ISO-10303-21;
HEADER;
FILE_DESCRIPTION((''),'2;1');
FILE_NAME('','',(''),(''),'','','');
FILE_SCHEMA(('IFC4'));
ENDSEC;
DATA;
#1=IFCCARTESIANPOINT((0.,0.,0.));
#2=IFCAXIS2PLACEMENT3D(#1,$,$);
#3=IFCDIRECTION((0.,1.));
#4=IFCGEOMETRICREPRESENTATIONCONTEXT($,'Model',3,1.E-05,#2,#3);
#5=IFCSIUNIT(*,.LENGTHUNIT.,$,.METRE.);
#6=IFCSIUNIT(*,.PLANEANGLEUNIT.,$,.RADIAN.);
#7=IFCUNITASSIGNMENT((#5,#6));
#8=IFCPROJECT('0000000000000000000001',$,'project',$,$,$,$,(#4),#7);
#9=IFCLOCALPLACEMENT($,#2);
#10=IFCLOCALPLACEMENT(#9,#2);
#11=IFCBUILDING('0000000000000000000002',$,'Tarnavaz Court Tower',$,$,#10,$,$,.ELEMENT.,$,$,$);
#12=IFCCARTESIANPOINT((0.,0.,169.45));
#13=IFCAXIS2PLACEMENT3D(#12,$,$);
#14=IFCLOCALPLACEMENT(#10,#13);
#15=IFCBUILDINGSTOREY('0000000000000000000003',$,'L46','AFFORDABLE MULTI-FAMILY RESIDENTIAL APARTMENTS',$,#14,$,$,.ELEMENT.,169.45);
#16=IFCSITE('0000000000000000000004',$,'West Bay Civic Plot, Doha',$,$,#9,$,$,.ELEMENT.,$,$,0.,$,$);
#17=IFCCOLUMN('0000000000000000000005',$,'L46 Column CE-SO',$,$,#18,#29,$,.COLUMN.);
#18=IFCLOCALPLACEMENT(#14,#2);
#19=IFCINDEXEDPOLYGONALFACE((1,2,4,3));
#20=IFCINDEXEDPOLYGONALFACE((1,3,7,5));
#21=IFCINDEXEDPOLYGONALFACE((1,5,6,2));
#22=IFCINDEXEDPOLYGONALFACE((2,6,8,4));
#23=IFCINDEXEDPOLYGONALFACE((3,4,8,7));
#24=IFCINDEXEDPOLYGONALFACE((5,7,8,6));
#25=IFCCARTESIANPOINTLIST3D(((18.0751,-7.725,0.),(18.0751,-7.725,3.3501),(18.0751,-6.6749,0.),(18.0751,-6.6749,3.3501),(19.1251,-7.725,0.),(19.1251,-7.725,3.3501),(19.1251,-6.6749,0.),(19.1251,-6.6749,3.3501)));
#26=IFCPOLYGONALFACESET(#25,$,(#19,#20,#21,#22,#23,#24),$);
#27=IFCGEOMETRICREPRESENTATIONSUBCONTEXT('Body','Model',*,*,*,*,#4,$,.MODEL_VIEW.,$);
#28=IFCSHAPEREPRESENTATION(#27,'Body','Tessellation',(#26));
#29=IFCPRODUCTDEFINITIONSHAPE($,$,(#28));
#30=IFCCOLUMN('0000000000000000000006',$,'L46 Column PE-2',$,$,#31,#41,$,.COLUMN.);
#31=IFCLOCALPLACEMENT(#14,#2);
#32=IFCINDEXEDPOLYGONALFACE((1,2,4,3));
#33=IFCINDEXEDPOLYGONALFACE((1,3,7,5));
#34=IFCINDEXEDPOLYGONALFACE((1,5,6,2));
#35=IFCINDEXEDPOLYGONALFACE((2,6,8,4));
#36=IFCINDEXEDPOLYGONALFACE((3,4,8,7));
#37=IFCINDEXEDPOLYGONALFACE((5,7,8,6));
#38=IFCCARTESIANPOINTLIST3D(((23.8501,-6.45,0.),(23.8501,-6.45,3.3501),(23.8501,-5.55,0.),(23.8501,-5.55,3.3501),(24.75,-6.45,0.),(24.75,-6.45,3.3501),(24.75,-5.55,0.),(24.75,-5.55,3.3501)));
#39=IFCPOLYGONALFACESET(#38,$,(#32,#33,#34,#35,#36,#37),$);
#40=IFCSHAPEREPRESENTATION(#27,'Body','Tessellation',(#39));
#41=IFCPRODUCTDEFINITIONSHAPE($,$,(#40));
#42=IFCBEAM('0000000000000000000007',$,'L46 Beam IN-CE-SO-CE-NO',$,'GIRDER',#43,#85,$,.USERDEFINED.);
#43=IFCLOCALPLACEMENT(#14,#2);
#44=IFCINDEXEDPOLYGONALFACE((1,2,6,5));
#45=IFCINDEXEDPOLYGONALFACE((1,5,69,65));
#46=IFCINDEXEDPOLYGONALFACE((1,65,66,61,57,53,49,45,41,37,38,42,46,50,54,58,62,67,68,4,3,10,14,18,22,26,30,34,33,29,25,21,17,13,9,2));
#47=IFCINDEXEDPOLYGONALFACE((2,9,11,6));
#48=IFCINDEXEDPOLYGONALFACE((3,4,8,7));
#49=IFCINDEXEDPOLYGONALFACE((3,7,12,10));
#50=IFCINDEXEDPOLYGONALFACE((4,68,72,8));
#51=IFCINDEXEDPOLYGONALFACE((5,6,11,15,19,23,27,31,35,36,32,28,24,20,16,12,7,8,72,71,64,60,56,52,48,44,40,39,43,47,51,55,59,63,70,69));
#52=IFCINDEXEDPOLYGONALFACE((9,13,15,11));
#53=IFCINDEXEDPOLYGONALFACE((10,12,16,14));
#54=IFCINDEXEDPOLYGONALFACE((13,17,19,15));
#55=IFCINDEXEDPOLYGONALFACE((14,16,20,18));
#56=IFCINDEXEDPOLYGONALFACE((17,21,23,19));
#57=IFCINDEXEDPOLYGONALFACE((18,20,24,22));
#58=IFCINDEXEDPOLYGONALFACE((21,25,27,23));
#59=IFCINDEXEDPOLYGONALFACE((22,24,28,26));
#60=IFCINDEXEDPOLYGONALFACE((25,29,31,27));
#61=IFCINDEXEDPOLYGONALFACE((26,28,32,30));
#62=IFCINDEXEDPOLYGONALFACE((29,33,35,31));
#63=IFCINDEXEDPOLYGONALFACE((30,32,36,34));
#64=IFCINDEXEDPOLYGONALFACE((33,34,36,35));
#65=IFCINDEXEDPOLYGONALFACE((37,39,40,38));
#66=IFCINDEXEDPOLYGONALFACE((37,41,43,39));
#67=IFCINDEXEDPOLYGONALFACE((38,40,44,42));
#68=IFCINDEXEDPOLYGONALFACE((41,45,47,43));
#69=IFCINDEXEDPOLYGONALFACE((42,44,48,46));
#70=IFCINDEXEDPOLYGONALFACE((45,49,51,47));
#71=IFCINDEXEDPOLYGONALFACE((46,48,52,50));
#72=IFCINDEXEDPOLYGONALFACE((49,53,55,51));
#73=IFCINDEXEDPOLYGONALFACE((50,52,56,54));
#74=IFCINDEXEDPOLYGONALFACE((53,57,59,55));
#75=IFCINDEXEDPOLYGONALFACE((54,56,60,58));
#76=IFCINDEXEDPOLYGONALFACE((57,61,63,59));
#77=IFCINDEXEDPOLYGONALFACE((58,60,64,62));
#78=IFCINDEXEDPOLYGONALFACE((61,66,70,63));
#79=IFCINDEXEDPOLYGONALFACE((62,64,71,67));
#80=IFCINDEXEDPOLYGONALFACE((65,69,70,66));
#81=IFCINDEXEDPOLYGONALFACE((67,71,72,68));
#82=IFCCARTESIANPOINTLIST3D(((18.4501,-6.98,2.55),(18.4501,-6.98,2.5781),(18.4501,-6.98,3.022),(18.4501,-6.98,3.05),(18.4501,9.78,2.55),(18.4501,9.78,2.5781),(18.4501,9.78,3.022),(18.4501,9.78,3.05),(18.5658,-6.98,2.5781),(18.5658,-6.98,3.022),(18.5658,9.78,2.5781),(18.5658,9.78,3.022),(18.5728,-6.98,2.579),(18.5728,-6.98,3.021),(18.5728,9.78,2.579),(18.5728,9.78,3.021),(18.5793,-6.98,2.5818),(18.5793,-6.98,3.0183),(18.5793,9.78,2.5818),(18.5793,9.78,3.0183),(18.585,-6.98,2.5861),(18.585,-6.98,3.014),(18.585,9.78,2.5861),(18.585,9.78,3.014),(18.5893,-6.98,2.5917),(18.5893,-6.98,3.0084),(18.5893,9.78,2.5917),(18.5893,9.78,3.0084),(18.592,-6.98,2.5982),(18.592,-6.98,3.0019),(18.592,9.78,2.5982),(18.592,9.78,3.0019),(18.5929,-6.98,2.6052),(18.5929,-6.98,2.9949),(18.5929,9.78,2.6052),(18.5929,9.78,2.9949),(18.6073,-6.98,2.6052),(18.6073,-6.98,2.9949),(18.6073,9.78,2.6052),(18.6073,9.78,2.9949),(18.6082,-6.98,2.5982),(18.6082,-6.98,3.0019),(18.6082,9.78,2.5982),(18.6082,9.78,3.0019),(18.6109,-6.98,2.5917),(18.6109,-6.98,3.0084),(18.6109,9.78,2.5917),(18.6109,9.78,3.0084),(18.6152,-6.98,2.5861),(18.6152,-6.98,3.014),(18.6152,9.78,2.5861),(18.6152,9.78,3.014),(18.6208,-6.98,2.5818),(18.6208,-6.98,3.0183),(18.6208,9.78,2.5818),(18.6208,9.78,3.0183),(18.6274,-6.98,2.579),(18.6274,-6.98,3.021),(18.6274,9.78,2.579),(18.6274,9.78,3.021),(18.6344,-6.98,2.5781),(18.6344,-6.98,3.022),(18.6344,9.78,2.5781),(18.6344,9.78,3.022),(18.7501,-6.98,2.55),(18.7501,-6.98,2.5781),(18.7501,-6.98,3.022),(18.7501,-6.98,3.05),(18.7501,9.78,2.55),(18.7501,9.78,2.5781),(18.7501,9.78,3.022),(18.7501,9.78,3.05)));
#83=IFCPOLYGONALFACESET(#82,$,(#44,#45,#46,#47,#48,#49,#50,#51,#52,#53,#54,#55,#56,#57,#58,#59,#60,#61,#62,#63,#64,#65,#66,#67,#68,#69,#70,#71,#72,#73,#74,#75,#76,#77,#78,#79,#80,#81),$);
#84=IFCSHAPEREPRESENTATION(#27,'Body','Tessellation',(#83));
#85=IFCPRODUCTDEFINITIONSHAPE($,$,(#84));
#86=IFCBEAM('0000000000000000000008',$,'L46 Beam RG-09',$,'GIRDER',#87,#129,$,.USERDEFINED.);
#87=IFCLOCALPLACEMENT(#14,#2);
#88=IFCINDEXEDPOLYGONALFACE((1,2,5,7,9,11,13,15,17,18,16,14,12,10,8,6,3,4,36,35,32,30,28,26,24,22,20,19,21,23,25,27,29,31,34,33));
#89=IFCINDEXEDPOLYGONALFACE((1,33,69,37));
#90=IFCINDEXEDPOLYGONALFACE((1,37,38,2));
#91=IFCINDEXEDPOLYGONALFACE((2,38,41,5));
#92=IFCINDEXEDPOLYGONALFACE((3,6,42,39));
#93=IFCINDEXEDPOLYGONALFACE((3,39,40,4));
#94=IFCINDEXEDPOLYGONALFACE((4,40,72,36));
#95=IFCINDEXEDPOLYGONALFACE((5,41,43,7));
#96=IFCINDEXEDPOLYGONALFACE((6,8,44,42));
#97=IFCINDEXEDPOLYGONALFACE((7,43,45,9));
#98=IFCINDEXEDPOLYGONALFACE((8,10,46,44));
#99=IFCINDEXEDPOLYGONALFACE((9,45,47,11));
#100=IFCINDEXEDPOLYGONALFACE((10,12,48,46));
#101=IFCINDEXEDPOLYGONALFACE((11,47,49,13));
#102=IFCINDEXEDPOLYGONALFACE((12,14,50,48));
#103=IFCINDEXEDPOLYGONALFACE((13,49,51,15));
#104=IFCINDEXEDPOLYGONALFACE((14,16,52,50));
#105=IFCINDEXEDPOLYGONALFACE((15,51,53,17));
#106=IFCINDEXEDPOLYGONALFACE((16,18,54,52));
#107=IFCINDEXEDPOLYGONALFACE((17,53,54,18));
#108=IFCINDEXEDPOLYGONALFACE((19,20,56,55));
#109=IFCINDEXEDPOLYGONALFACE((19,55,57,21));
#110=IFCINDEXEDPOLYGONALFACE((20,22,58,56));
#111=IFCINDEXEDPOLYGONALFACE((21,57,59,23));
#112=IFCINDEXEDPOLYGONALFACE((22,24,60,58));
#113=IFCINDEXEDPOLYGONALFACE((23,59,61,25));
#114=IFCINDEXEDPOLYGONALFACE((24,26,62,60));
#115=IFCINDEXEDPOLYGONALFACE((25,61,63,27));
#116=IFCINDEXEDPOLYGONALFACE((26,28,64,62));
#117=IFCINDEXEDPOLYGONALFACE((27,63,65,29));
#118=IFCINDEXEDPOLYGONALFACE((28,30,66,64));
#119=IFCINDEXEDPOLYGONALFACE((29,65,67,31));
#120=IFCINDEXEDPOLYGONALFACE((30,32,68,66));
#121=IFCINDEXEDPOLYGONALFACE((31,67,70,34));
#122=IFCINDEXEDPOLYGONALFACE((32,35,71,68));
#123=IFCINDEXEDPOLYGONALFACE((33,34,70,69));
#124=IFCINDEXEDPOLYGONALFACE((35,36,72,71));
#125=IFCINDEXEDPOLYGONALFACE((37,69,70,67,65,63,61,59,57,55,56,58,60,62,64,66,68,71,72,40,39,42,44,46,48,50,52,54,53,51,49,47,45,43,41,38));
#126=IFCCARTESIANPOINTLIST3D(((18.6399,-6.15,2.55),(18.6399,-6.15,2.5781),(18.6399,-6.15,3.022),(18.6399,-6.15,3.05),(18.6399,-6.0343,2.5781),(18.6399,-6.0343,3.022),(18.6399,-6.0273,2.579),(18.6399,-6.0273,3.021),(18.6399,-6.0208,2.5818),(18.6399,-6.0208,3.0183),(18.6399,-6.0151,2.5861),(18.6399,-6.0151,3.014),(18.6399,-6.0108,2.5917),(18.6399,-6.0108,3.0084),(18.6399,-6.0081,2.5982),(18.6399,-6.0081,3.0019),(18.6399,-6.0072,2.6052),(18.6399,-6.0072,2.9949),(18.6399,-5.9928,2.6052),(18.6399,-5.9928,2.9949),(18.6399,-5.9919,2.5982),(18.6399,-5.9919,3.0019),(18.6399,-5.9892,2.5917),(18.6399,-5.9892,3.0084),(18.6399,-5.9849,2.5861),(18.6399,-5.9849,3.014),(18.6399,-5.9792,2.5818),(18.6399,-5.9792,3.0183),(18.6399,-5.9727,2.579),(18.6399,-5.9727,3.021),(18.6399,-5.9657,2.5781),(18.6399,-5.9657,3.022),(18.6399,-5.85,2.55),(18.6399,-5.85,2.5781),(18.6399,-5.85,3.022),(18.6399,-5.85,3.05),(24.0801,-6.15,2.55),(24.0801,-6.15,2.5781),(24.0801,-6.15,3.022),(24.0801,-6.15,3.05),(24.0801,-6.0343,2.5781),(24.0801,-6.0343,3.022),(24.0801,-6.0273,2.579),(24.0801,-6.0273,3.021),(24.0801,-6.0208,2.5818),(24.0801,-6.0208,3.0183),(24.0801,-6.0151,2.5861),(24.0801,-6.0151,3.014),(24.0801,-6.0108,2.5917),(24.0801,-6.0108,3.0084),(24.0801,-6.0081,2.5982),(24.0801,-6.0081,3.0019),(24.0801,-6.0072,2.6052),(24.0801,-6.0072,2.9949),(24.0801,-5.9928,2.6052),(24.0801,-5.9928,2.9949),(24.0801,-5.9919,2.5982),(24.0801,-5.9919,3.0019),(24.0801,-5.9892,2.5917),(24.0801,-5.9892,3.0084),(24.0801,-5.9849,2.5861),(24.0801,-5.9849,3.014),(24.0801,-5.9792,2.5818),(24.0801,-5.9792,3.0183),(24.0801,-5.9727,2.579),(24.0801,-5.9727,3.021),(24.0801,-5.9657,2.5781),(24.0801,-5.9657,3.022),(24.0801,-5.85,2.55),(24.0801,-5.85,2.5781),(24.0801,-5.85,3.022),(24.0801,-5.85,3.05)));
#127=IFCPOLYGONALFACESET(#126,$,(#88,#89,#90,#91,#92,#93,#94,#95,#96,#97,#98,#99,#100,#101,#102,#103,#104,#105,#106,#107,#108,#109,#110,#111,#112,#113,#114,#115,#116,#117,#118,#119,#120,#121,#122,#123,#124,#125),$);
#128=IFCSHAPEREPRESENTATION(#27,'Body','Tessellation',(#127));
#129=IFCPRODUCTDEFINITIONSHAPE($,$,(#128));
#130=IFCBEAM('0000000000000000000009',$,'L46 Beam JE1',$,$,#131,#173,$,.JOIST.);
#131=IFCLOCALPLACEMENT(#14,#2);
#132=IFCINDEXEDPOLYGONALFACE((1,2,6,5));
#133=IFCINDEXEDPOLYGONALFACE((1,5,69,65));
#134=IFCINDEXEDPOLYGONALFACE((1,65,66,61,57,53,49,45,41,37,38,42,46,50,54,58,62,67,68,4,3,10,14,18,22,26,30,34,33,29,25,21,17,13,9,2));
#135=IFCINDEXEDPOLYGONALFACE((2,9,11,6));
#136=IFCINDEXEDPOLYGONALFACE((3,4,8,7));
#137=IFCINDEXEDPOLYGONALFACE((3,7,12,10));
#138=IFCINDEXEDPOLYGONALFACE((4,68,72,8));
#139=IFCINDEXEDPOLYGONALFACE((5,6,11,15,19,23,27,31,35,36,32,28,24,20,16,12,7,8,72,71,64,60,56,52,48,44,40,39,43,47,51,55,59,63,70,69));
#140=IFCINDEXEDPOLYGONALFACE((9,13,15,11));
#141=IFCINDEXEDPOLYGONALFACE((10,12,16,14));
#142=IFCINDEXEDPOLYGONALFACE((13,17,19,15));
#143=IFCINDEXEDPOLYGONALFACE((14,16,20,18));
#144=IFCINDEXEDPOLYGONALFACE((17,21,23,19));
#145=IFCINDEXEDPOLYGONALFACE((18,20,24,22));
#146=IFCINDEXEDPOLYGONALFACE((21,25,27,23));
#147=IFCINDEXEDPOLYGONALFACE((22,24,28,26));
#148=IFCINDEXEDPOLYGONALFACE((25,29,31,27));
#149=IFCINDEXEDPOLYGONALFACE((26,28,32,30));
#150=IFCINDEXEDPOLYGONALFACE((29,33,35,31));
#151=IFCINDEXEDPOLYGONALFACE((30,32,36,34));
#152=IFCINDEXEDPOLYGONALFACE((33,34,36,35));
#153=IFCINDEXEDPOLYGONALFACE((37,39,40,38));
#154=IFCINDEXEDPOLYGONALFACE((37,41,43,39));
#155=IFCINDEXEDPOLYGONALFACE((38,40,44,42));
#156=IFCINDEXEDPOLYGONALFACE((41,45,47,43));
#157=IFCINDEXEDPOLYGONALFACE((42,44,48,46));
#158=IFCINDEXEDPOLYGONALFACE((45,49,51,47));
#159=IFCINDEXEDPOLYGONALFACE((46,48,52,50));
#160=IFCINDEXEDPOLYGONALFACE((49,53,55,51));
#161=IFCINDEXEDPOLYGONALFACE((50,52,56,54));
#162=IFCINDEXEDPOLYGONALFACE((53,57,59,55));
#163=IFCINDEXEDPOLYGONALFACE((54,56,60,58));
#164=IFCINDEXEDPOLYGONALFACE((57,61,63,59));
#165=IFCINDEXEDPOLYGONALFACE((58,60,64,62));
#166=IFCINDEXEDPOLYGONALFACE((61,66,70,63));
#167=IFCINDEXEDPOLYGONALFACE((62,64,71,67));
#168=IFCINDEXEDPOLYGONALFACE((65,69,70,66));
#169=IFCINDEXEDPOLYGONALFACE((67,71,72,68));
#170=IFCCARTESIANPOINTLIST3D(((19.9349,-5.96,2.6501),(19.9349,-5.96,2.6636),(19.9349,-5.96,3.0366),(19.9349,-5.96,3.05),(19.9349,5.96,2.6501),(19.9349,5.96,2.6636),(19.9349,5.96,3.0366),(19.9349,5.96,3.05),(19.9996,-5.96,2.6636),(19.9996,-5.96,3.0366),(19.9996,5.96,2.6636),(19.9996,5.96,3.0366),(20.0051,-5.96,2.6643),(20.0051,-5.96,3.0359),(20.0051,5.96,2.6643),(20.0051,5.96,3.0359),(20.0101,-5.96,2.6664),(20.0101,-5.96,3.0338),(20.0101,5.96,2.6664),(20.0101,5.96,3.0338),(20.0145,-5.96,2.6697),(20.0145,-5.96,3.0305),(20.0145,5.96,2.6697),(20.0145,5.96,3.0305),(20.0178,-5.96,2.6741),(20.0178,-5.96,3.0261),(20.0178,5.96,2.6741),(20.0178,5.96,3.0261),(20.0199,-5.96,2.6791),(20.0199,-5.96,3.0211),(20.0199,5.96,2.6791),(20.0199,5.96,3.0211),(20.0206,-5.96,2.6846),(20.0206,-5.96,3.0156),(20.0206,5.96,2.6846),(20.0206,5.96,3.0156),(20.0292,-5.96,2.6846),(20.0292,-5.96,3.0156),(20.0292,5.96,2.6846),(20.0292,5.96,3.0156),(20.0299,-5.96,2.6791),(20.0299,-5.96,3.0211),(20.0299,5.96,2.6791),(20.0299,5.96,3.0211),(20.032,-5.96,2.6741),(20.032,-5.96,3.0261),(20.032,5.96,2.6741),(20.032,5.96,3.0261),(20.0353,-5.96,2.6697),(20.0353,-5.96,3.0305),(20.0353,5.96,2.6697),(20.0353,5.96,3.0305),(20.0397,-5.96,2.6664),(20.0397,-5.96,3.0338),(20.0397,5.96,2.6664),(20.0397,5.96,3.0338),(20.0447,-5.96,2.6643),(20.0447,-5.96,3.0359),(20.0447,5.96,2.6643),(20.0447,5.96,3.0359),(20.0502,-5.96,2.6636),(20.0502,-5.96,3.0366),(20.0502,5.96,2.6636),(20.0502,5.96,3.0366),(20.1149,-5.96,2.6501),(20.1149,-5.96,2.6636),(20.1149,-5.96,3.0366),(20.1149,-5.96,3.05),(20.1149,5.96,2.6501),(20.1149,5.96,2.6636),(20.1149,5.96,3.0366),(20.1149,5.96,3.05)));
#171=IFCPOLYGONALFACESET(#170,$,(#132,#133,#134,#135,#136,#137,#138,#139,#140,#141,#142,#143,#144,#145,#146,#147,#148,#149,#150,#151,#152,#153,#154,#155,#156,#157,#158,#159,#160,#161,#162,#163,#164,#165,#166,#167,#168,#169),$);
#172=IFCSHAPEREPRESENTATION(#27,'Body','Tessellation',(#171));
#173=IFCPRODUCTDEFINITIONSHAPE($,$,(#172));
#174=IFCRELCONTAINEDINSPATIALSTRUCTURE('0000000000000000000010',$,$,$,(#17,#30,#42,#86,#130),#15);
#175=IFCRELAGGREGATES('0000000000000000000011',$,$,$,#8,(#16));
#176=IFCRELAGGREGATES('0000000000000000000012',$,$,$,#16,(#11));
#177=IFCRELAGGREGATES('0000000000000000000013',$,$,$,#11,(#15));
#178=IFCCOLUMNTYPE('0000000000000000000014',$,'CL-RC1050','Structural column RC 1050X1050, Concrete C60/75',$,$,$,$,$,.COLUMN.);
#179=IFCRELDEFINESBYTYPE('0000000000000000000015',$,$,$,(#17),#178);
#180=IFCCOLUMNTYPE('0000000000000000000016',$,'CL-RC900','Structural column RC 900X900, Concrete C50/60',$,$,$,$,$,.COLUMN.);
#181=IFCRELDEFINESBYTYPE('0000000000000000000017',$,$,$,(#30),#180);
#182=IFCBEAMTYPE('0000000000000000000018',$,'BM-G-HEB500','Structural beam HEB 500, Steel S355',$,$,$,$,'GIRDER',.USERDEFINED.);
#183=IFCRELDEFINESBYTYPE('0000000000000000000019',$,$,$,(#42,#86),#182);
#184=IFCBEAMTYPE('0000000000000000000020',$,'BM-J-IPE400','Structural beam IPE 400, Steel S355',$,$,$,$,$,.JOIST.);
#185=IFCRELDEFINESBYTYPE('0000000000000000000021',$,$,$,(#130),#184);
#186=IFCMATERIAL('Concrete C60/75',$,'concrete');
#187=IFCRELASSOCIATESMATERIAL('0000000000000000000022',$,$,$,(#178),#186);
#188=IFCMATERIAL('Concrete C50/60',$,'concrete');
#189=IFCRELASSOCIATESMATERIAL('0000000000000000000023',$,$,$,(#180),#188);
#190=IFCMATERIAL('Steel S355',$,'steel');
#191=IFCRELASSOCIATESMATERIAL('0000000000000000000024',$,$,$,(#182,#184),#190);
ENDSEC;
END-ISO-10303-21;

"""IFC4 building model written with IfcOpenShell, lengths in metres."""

from ifc_helpers import new_model, si_unit, direction, frame, origin, origin_2d, place, context, subcontext, project, spatial, rectangle, i_section, extrude, material, material_profile, profile_set, type_object, element, save


model = new_model("IFC4")

# Units and contexts
model_context = context("Model", 3, precision=1e-05, world=origin(), true_north=direction((0.0, 1.0)))
body_context = subcontext(model_context, "Body", "Model", "MODEL_VIEW")
ifc_project = project(units=[si_unit("LENGTHUNIT", "METRE"), si_unit("PLANEANGLEUNIT", "RADIAN")], contexts=[model_context])

# Site, building, storey
site_placement = place(None, origin())
site = spatial("IfcSite", under=ifc_project, at=site_placement, Name="West Bay Civic Plot, Doha", CompositionType="ELEMENT", RefElevation=0.0)
building_placement = place(site_placement, origin())
building = spatial("IfcBuilding", under=site, at=building_placement, Name="Tarnavaz Court Tower", CompositionType="ELEMENT")
storey_placement = place(building_placement, frame((0.0, 0.0, 169.45)))
storey = spatial("IfcBuildingStorey", under=building, at=storey_placement, Name="L46", Description="AFFORDABLE MULTI-FAMILY RESIDENTIAL APARTMENTS", CompositionType="ELEMENT", Elevation=169.45)

# Columns
ifc_material_1 = material(Name="Concrete C60/75", Category="concrete")
ifc_material_profile_1 = material_profile(ifc_material_1, rectangle(XDim=1.05, YDim=1.05, at=origin_2d()), Name="RC 1050X1050")
ifc_profile_set_1 = profile_set([ifc_material_profile_1], Name="Concrete C60/75")
column_type_1 = type_object("IfcColumnType", Name="CL-RC1050", Description="Structural column RC 1050X1050, Concrete C60/75", PredefinedType="COLUMN", material=ifc_profile_set_1)
column_1_placement = place(storey_placement, frame((18.6001, -7.2, 0.0), z_axis=(0.0, 0.0, 1.0), x_axis=(1.0, 0.0, 0.0)))
element("IfcColumn", 1, at=column_1_placement, inside=storey, type_object=column_type_1, Name="L46 Column CE-SO", PredefinedType="COLUMN", context=body_context, shape_type="SweptSolid", body=[
    extrude(rectangle(XDim=1.05, YDim=1.05, at=origin_2d()), origin(), (0.0, 0.0, 1.0), 3.3501),
])
ifc_material_2 = material(Name="Concrete C50/60", Category="concrete")
ifc_material_profile_2 = material_profile(ifc_material_2, rectangle(XDim=0.8999, YDim=0.8999, at=origin_2d()), Name="RC 900X900")
ifc_profile_set_2 = profile_set([ifc_material_profile_2], Name="Concrete C50/60")
column_type_2 = type_object("IfcColumnType", Name="CL-RC900", Description="Structural column RC 900X900, Concrete C50/60", PredefinedType="COLUMN", material=ifc_profile_set_2)
column_2_placement = place(storey_placement, frame((24.3, -6.0, 0.0), z_axis=(0.0, 0.0, 1.0), x_axis=(1.0, 0.0, 0.0)))
element("IfcColumn", 2, at=column_2_placement, inside=storey, type_object=column_type_2, Name="L46 Column PE-2", PredefinedType="COLUMN", context=body_context, shape_type="SweptSolid", body=[
    extrude(rectangle(XDim=0.8999, YDim=0.8999, at=origin_2d()), origin(), (0.0, 0.0, 1.0), 3.3501),
])

# Beams
ifc_material_3 = material(Name="Steel S355", Category="steel")
ifc_material_profile_3 = material_profile(ifc_material_3, i_section(OverallWidth=0.3, OverallDepth=0.5, WebThickness=0.0144, FlangeThickness=0.0281, FilletRadius=0.0271, at=origin_2d()), Name="HEB 500")
ifc_profile_set_3 = profile_set([ifc_material_profile_3], Name="Steel S355")
beam_type_1 = type_object("IfcBeamType", Name="BM-G-HEB500", Description="Structural beam HEB 500, Steel S355", ElementType="GIRDER", PredefinedType="USERDEFINED", material=ifc_profile_set_3)
beam_1_placement = place(storey_placement, frame((18.6001, -6.98, 2.8), z_axis=(0.0, 1.0, 0.0), x_axis=(-1.0, 0.0, 0.0)))
element("IfcBeam", 3, at=beam_1_placement, inside=storey, type_object=beam_type_1, Name="L46 Beam IN-CE-SO-CE-NO", ObjectType="GIRDER", PredefinedType="USERDEFINED", context=body_context, shape_type="SweptSolid", body=[
    extrude(i_section(OverallWidth=0.3, OverallDepth=0.5, WebThickness=0.0144, FlangeThickness=0.0281, FilletRadius=0.0271, at=origin_2d()), origin(), (0.0, 0.0, 1.0), 16.76),
])
beam_2_placement = place(storey_placement, frame((18.6399, -6.0, 2.8), z_axis=(1.0, 0.0, 0.0), x_axis=(0.0, 1.0, 0.0)))
element("IfcBeam", 4, at=beam_2_placement, inside=storey, type_object=beam_type_1, Name="L46 Beam RG-09", ObjectType="GIRDER", PredefinedType="USERDEFINED", context=body_context, shape_type="SweptSolid", body=[
    extrude(i_section(OverallWidth=0.3, OverallDepth=0.5, WebThickness=0.0144, FlangeThickness=0.0281, FilletRadius=0.0271, at=origin_2d()), origin(), (0.0, 0.0, 1.0), 5.4402),
])
ifc_material_profile_4 = material_profile(ifc_material_3, i_section(OverallWidth=0.1799, OverallDepth=0.3999, WebThickness=0.0085, FlangeThickness=0.0134, FilletRadius=0.021, at=origin_2d()), Name="IPE 400")
ifc_profile_set_4 = profile_set([ifc_material_profile_4], Name="Steel S355")
beam_type_2 = type_object("IfcBeamType", Name="BM-J-IPE400", Description="Structural beam IPE 400, Steel S355", PredefinedType="JOIST", material=ifc_profile_set_4)
for number, where, z_axis, x_axis, name in (
    (5, (20.0249, -5.96, 2.8501), (0.0, 1.0, 0.0), (-1.0, 0.0, 0.0), "L46 Beam JE1"),
):
    element("IfcBeam", number, at=place(storey_placement, frame(where, z_axis=z_axis, x_axis=x_axis)), inside=storey, type_object=beam_type_2, Name=name, PredefinedType="JOIST", context=body_context, shape_type="SweptSolid", body=[
        extrude(i_section(OverallWidth=0.1799, OverallDepth=0.3999, WebThickness=0.0085, FlangeThickness=0.0134, FilletRadius=0.021, at=origin_2d()), origin(), (0.0, 0.0, 1.0), 11.9199),
    ])

save(model, "model.ifc")
